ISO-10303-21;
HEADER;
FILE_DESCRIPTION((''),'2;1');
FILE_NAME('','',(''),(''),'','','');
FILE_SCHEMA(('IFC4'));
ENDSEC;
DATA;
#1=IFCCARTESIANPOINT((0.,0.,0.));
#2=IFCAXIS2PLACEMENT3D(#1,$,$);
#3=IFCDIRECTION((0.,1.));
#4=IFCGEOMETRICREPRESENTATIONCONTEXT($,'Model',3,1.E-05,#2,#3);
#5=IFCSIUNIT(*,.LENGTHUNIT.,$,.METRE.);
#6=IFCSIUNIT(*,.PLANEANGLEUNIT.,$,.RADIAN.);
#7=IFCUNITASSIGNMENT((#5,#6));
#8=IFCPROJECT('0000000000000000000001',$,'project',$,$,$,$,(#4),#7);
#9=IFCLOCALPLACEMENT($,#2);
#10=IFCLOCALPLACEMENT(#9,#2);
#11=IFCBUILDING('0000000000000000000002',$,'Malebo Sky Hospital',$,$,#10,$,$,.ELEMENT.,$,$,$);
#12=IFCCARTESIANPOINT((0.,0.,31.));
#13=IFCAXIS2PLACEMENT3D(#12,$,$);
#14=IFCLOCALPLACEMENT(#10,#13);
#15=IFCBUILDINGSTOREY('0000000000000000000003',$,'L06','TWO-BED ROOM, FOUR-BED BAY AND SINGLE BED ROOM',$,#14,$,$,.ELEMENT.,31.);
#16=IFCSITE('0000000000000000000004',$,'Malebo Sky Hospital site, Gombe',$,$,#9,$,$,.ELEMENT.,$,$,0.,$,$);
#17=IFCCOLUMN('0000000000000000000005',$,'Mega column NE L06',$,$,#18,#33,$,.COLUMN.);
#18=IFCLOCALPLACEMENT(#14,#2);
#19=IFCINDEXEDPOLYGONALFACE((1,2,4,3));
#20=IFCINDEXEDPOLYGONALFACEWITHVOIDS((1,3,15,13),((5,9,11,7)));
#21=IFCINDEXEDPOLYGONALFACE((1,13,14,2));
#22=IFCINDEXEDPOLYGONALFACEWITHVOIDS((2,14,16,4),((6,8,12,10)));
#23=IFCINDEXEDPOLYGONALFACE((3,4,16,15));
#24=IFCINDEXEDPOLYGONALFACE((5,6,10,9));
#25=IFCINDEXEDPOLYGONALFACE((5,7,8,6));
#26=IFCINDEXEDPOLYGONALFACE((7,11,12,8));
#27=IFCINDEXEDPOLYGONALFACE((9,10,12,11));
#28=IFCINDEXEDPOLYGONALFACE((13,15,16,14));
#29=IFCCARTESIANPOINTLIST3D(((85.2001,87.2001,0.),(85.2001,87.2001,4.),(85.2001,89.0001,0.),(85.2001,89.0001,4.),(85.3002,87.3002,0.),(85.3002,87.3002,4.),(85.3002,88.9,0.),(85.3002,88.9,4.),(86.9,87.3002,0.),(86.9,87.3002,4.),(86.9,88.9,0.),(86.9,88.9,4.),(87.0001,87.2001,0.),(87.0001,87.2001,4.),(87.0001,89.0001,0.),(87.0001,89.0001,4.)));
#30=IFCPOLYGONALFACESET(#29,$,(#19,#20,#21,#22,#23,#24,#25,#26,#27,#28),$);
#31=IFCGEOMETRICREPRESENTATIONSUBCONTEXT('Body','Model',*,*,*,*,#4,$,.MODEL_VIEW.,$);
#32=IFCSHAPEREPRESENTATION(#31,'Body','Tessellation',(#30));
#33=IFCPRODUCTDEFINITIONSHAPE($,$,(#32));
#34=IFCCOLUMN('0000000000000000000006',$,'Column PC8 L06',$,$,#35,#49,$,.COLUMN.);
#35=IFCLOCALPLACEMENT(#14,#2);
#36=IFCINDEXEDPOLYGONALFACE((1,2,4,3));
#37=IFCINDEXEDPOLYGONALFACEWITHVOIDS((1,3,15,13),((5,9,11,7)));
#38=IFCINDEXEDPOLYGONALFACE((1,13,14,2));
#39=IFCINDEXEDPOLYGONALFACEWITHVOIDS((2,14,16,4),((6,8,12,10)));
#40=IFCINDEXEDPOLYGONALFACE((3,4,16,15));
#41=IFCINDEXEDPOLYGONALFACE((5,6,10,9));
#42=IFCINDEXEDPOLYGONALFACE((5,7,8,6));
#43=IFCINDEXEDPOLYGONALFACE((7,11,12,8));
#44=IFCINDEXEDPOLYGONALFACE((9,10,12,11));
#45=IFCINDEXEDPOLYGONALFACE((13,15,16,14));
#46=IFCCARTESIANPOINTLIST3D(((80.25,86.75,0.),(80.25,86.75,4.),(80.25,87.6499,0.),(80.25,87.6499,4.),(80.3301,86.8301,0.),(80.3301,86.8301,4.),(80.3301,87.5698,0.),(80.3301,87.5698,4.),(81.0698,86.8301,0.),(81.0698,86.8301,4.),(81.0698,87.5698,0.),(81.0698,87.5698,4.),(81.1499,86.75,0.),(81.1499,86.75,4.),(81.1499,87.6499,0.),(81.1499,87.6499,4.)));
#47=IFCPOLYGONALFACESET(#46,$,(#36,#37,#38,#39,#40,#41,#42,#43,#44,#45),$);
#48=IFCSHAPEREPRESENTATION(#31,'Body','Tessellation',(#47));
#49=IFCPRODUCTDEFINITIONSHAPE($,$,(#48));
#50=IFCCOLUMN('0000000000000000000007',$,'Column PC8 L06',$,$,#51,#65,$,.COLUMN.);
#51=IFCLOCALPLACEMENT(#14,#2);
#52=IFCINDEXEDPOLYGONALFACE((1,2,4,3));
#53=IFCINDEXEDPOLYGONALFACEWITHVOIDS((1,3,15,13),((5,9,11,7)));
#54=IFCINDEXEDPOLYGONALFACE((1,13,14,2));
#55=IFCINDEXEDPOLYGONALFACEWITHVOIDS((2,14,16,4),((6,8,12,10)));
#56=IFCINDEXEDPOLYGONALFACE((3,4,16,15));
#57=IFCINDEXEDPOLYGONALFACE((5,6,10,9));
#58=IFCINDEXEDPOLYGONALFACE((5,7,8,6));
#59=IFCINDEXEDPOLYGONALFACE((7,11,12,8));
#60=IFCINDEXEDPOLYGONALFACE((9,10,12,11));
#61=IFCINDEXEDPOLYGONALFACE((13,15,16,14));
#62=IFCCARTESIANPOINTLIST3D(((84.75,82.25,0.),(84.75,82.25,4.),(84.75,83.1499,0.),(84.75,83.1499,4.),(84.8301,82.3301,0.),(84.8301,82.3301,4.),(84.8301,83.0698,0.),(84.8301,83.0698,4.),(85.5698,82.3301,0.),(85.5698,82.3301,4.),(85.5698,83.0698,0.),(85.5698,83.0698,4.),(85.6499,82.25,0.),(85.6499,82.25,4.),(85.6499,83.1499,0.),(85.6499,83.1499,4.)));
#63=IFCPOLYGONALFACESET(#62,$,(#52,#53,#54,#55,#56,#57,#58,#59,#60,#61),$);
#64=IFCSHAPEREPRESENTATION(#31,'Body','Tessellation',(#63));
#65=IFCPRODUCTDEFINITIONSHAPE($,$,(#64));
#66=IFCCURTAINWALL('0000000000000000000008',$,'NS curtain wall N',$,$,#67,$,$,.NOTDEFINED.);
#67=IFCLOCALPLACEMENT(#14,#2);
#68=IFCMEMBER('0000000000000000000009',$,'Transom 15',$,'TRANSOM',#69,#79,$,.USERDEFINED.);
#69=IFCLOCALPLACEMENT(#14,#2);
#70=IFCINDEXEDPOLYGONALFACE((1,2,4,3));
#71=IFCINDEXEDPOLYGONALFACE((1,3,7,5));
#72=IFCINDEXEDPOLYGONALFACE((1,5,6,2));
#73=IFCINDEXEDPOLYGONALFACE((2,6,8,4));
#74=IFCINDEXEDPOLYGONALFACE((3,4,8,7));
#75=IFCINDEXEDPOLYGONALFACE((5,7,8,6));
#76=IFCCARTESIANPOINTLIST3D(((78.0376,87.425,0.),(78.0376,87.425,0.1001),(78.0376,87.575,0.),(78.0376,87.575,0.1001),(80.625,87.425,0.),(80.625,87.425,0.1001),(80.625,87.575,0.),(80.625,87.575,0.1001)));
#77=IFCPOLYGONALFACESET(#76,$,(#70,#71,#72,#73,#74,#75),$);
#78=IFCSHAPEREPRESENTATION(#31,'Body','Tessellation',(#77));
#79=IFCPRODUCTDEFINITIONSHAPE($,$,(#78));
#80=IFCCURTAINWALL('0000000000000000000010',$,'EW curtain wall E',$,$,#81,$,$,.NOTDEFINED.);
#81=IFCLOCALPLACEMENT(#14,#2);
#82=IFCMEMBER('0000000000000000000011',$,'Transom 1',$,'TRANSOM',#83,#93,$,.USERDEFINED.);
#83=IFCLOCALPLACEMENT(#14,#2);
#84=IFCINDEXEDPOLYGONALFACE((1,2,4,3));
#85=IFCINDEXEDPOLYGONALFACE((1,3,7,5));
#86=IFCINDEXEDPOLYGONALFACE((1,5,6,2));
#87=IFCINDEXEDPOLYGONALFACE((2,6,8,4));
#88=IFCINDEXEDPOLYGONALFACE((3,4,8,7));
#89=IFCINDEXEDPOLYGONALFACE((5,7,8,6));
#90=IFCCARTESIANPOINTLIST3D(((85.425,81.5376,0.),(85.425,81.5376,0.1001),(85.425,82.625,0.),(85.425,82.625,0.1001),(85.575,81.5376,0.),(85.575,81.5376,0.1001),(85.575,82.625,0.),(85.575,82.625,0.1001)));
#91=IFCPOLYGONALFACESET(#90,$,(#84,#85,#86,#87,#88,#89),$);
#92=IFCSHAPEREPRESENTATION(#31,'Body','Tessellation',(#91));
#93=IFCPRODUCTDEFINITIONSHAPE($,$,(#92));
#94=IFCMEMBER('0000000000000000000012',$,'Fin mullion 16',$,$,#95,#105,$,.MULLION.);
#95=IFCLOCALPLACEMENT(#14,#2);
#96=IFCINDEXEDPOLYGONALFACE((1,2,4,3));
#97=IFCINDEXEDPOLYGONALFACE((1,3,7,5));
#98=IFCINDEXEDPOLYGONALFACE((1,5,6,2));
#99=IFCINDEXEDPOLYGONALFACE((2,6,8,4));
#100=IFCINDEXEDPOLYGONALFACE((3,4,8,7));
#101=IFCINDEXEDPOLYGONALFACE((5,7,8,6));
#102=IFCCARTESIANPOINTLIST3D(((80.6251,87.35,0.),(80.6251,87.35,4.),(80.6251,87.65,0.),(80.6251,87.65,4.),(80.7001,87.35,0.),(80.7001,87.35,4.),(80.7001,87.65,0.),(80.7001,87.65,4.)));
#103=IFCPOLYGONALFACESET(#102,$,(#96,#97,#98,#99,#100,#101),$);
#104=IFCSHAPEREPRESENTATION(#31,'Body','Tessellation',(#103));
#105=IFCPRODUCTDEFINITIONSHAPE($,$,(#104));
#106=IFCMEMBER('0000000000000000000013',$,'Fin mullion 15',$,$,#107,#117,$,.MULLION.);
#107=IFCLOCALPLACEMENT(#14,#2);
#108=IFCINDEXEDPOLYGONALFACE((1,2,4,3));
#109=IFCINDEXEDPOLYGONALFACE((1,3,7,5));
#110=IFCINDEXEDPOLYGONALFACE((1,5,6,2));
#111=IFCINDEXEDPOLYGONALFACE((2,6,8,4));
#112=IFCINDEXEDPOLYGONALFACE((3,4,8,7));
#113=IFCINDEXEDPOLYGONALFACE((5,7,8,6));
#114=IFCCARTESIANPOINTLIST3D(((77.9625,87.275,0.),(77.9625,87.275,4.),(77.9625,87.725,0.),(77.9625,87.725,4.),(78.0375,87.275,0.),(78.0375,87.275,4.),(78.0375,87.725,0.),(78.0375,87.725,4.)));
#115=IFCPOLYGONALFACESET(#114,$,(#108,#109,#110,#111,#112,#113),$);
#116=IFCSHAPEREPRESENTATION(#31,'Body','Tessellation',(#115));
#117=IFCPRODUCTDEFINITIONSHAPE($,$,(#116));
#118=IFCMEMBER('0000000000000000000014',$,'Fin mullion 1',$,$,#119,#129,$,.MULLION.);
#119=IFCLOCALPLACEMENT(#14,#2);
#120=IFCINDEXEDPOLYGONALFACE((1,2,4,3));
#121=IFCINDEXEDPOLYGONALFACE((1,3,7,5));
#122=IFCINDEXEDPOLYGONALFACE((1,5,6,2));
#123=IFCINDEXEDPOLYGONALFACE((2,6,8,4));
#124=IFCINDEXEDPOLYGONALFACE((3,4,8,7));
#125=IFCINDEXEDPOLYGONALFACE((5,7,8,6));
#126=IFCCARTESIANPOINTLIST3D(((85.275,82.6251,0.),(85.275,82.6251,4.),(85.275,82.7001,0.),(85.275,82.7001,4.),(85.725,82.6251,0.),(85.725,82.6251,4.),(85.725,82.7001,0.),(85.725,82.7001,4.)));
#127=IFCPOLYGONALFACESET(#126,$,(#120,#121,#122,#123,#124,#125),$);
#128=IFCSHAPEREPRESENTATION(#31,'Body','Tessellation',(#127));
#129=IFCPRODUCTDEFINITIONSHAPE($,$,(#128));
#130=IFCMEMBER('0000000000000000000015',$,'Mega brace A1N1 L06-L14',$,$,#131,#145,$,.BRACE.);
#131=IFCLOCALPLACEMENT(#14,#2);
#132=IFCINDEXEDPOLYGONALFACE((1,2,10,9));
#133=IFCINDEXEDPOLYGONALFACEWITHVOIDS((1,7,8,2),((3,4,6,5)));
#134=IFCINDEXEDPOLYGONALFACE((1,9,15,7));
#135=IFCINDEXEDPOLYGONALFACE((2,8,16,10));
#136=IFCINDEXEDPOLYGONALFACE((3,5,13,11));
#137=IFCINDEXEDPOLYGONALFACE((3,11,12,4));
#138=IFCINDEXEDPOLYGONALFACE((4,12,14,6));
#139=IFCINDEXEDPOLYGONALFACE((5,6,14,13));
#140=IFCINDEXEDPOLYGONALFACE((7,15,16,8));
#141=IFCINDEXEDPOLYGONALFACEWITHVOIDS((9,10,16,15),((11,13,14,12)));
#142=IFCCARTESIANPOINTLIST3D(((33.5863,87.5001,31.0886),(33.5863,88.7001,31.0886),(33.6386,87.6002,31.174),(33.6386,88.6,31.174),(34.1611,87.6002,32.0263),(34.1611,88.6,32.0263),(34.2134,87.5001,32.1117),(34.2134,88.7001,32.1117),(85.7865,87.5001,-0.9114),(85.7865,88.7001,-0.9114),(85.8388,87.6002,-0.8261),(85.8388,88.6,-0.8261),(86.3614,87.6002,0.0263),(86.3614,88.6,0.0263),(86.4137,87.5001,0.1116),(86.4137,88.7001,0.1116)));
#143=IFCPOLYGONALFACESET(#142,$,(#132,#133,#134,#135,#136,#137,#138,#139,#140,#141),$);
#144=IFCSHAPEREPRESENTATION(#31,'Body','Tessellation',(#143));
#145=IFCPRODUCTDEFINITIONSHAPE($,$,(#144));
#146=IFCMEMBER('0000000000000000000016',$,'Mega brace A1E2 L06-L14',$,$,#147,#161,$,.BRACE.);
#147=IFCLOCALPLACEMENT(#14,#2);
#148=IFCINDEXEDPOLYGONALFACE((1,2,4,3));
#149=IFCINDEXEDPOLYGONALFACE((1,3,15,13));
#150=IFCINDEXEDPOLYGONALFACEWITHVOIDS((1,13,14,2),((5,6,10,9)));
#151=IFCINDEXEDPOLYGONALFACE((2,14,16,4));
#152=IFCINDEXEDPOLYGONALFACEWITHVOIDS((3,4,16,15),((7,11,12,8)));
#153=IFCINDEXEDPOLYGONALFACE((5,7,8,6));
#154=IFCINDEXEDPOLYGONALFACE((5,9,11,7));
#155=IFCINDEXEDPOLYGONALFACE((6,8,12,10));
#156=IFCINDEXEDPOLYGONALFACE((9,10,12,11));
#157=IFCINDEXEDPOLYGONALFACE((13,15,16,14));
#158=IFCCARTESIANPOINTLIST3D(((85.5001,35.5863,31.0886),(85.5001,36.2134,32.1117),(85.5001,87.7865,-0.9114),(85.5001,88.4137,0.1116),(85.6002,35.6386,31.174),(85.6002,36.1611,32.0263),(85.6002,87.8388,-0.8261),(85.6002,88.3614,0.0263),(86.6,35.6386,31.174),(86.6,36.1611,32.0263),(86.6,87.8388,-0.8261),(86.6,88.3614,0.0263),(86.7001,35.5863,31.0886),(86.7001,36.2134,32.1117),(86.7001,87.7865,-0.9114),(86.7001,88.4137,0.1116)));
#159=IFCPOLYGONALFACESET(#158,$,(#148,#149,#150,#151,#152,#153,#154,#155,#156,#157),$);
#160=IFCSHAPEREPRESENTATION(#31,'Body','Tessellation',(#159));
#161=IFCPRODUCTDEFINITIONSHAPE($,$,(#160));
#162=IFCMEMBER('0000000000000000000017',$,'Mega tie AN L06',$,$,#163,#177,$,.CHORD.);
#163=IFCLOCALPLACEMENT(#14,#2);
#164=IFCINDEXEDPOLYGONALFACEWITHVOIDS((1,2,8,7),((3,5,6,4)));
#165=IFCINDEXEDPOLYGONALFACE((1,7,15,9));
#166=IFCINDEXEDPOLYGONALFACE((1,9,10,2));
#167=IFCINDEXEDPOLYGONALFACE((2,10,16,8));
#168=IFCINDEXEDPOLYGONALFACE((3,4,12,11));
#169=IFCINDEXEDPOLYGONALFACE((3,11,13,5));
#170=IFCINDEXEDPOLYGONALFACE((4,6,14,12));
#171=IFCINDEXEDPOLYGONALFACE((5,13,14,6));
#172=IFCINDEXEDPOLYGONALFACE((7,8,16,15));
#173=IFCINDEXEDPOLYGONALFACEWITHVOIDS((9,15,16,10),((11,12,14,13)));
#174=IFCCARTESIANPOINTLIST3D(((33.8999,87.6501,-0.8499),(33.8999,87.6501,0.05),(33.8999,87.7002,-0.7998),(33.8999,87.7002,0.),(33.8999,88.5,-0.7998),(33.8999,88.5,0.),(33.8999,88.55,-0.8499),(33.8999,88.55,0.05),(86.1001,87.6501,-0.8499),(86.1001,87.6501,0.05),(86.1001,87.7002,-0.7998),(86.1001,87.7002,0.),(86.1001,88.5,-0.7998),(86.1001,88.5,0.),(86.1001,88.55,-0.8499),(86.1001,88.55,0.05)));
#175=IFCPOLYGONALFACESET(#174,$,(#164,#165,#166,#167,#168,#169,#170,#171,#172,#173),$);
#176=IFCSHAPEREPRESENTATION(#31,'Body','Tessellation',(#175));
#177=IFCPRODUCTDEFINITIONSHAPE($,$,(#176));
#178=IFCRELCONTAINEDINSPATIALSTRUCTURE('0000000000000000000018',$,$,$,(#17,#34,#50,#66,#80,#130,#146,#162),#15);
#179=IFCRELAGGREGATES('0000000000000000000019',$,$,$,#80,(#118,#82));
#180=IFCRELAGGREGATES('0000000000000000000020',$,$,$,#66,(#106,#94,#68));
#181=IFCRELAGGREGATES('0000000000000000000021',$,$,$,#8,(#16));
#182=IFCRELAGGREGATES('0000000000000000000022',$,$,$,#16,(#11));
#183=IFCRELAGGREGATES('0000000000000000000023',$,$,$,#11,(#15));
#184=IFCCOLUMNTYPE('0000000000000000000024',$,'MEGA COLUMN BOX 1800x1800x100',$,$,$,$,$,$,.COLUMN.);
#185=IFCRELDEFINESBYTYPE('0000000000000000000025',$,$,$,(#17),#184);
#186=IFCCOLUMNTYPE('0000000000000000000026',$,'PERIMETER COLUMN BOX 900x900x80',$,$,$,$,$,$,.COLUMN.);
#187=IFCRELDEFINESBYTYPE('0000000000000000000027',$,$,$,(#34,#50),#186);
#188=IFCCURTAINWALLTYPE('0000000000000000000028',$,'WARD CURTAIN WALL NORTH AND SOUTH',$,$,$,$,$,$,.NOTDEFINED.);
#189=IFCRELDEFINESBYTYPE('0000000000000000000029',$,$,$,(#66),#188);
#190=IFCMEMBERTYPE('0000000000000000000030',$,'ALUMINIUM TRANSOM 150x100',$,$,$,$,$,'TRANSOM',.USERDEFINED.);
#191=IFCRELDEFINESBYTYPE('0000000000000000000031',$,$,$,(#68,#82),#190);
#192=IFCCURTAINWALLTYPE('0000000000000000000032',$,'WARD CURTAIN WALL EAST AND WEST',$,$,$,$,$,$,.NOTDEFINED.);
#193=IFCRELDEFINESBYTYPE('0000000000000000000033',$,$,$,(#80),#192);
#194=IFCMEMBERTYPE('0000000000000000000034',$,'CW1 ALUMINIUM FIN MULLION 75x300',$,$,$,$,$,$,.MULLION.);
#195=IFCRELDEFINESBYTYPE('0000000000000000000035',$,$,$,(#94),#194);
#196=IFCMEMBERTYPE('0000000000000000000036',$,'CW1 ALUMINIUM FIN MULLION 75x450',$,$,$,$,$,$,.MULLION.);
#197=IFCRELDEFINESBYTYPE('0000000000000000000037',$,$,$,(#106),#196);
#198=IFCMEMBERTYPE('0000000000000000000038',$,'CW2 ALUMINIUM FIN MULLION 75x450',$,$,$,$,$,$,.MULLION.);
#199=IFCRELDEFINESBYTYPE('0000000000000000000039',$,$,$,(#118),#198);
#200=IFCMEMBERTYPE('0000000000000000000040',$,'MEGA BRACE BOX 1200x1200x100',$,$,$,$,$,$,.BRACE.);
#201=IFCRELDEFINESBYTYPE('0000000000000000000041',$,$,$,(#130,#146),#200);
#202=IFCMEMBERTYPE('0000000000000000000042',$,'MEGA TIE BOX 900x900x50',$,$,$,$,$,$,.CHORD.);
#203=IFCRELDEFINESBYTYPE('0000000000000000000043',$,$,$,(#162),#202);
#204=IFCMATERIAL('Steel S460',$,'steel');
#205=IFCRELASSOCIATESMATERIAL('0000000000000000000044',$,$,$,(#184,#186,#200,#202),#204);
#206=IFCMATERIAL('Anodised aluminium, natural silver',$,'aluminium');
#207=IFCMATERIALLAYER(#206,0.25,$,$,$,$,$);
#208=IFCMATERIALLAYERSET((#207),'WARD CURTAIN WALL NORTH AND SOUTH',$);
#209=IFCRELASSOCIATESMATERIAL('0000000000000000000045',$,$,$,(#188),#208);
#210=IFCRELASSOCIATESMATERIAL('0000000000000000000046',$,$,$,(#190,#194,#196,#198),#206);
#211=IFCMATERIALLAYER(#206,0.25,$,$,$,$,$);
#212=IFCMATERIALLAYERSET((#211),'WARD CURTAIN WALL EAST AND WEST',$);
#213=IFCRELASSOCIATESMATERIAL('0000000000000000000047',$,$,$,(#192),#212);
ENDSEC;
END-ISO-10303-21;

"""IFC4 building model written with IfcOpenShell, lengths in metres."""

from ifc_helpers import new_model, si_unit, direction, frame, origin, origin_2d, place, context, subcontext, project, spatial, rectangle, hollow_rectangle, extrude, material, layer, layer_set, material_profile, profile_set, type_object, element, aggregate, save


model = new_model("IFC4")

# Units and contexts
model_context = context("Model", 3, precision=1e-05, world=origin(), true_north=direction((0.0, 1.0)))
body_context = subcontext(model_context, "Body", "Model", "MODEL_VIEW")
ifc_project = project(units=[si_unit("LENGTHUNIT", "METRE"), si_unit("PLANEANGLEUNIT", "RADIAN")], contexts=[model_context])

# Site, building, storey
site_placement = place(None, origin())
site = spatial("IfcSite", under=ifc_project, at=site_placement, Name="Malebo Sky Hospital site, Gombe", CompositionType="ELEMENT", RefElevation=0.0)
building_placement = place(site_placement, origin())
building = spatial("IfcBuilding", under=site, at=building_placement, Name="Malebo Sky Hospital", CompositionType="ELEMENT")
storey_placement = place(building_placement, frame((0.0, 0.0, 31.0)))
storey = spatial("IfcBuildingStorey", under=building, at=storey_placement, Name="L06", Description="TWO-BED ROOM, FOUR-BED BAY AND SINGLE BED ROOM", CompositionType="ELEMENT", Elevation=31.0)

# Columns
ifc_material_1 = material(Name="Steel S460", Category="steel")
ifc_material_profile_1 = material_profile(ifc_material_1, hollow_rectangle(XDim=1.8, YDim=1.8, WallThickness=0.1001, at=origin_2d()), Name="BOX 1800x1800x100")
ifc_profile_set_1 = profile_set([ifc_material_profile_1], Name="Steel S460")
column_type_1 = type_object("IfcColumnType", Name="MEGA COLUMN BOX 1800x1800x100", PredefinedType="COLUMN", material=ifc_profile_set_1)
column_placement = place(storey_placement, frame((86.1001, 88.1001, 0.0), z_axis=(0.0, 0.0, 1.0), x_axis=(1.0, 0.0, 0.0)))
element("IfcColumn", 1, at=column_placement, inside=storey, type_object=column_type_1, Name="Mega column NE L06", PredefinedType="COLUMN", context=body_context, shape_type="SweptSolid", body=[
    extrude(hollow_rectangle(XDim=1.8, YDim=1.8, WallThickness=0.1001, at=origin_2d()), origin(), (0.0, 0.0, 1.0), 4.0),
])
ifc_material_profile_2 = material_profile(ifc_material_1, hollow_rectangle(XDim=0.8999, YDim=0.8999, WallThickness=0.0801, at=origin_2d()), Name="BOX 900x900x80")
ifc_profile_set_2 = profile_set([ifc_material_profile_2], Name="Steel S460")
column_type_2 = type_object("IfcColumnType", Name="PERIMETER COLUMN BOX 900x900x80", PredefinedType="COLUMN", material=ifc_profile_set_2)
for number, where, z_axis, x_axis, name in (
    (2, (80.7, 87.2, 0.0), (0.0, 0.0, 1.0), (1.0, 0.0, 0.0), "Column PC8 L06"),
    (3, (85.2, 82.7, 0.0), (0.0, 0.0, 1.0), (1.0, 0.0, 0.0), "Column PC8 L06"),
):
    element("IfcColumn", number, at=place(storey_placement, frame(where, z_axis=z_axis, x_axis=x_axis)), inside=storey, type_object=column_type_2, Name=name, PredefinedType="COLUMN", context=body_context, shape_type="SweptSolid", body=[
        extrude(hollow_rectangle(XDim=0.8999, YDim=0.8999, WallThickness=0.0801, at=origin_2d()), origin(), (0.0, 0.0, 1.0), 4.0),
    ])

# Curtain walls, members
ifc_material_2 = material(Name="Anodised aluminium, natural silver", Category="aluminium")
ifc_layer_1 = layer(ifc_material_2, 0.25)
ifc_layer_set_1 = layer_set([ifc_layer_1], Name="WARD CURTAIN WALL NORTH AND SOUTH")
curtain_wall_type_1 = type_object("IfcCurtainWallType", Name="WARD CURTAIN WALL NORTH AND SOUTH", PredefinedType="NOTDEFINED", material=ifc_layer_set_1)
curtain_wall_1_placement = place(storey_placement, origin())
curtain_wall_1 = element("IfcCurtainWall", 4, at=curtain_wall_1_placement, inside=storey, type_object=curtain_wall_type_1, Name="NS curtain wall N", PredefinedType="NOTDEFINED")
ifc_material_profile_3 = material_profile(ifc_material_2, rectangle(XDim=0.1499, YDim=0.1001, at=origin_2d()), Name="ALUMINIUM TRANSOM 150x100")
ifc_profile_set_3 = profile_set([ifc_material_profile_3], Name="Anodised aluminium, natural silver")
member_type_1 = type_object("IfcMemberType", Name="ALUMINIUM TRANSOM 150x100", ElementType="TRANSOM", PredefinedType="USERDEFINED", material=ifc_profile_set_3)
member_1_placement = place(storey_placement, frame((78.0376, 87.5, 0.05), z_axis=(1.0, 0.0, 0.0), x_axis=(0.0, 1.0, 0.0)))
member_1 = element("IfcMember", 5, at=member_1_placement, type_object=member_type_1, Name="Transom 15", ObjectType="TRANSOM", PredefinedType="USERDEFINED", context=body_context, shape_type="SweptSolid", body=[
    extrude(rectangle(XDim=0.1499, YDim=0.1001, at=origin_2d()), origin(), (0.0, 0.0, 1.0), 2.5874),
])
ifc_layer_2 = layer(ifc_material_2, 0.25)
ifc_layer_set_2 = layer_set([ifc_layer_2], Name="WARD CURTAIN WALL EAST AND WEST")
curtain_wall_type_2 = type_object("IfcCurtainWallType", Name="WARD CURTAIN WALL EAST AND WEST", PredefinedType="NOTDEFINED", material=ifc_layer_set_2)
curtain_wall_2_placement = place(storey_placement, origin())
curtain_wall_2 = element("IfcCurtainWall", 6, at=curtain_wall_2_placement, inside=storey, type_object=curtain_wall_type_2, Name="EW curtain wall E", PredefinedType="NOTDEFINED")
member_2_placement = place(storey_placement, frame((85.5, 82.625, 0.05), z_axis=(0.0, -1.0, 0.0), x_axis=(1.0, 0.0, 0.0)))
member_2 = element("IfcMember", 7, at=member_2_placement, type_object=member_type_1, Name="Transom 1", ObjectType="TRANSOM", PredefinedType="USERDEFINED", context=body_context, shape_type="SweptSolid", body=[
    extrude(rectangle(XDim=0.1499, YDim=0.1001, at=origin_2d()), origin(), (0.0, 0.0, 1.0), 1.0874),
])

# Members
ifc_material_profile_4 = material_profile(ifc_material_2, rectangle(XDim=0.075, YDim=0.3, at=origin_2d()), Name="CW1 ALUMINIUM FIN MULLION 75x300")
ifc_profile_set_4 = profile_set([ifc_material_profile_4], Name="Anodised aluminium, natural silver")
member_type_2 = type_object("IfcMemberType", Name="CW1 ALUMINIUM FIN MULLION 75x300", PredefinedType="MULLION", material=ifc_profile_set_4)
member_3_placement = place(storey_placement, frame((80.6626, 87.5, 0.0), z_axis=(0.0, 0.0, 1.0), x_axis=(1.0, 0.0, 0.0)))
member_3 = element("IfcMember", 8, at=member_3_placement, type_object=member_type_2, Name="Fin mullion 16", PredefinedType="MULLION", context=body_context, shape_type="SweptSolid", body=[
    extrude(rectangle(XDim=0.075, YDim=0.3, at=origin_2d()), origin(), (0.0, 0.0, 1.0), 4.0),
])
ifc_material_profile_5 = material_profile(ifc_material_2, rectangle(XDim=0.075, YDim=0.45, at=origin_2d()), Name="CW1 ALUMINIUM FIN MULLION 75x450")
ifc_profile_set_5 = profile_set([ifc_material_profile_5], Name="Anodised aluminium, natural silver")
member_type_3 = type_object("IfcMemberType", Name="CW1 ALUMINIUM FIN MULLION 75x450", PredefinedType="MULLION", material=ifc_profile_set_5)
member_4_placement = place(storey_placement, frame((78.0, 87.5, 0.0), z_axis=(0.0, 0.0, 1.0), x_axis=(1.0, 0.0, 0.0)))
member_4 = element("IfcMember", 9, at=member_4_placement, type_object=member_type_3, Name="Fin mullion 15", PredefinedType="MULLION", context=body_context, shape_type="SweptSolid", body=[
    extrude(rectangle(XDim=0.075, YDim=0.45, at=origin_2d()), origin(), (0.0, 0.0, 1.0), 4.0),
])
ifc_material_profile_6 = material_profile(ifc_material_2, rectangle(XDim=0.075, YDim=0.45, at=origin_2d()), Name="CW2 ALUMINIUM FIN MULLION 75x450")
ifc_profile_set_6 = profile_set([ifc_material_profile_6], Name="Anodised aluminium, natural silver")
member_type_4 = type_object("IfcMemberType", Name="CW2 ALUMINIUM FIN MULLION 75x450", PredefinedType="MULLION", material=ifc_profile_set_6)
member_5_placement = place(storey_placement, frame((85.5, 82.6626, 0.0), z_axis=(0.0, 0.0, 1.0), x_axis=(0.0, -1.0, 0.0)))
member_5 = element("IfcMember", 10, at=member_5_placement, type_object=member_type_4, Name="Fin mullion 1", PredefinedType="MULLION", context=body_context, shape_type="SweptSolid", body=[
    extrude(rectangle(XDim=0.075, YDim=0.45, at=origin_2d()), origin(), (0.0, 0.0, 1.0), 4.0),
])
aggregate(curtain_wall_2, [member_5, member_2])

# Members
ifc_material_profile_7 = material_profile(ifc_material_1, hollow_rectangle(XDim=1.2, YDim=1.2, WallThickness=0.1001, at=origin_2d()), Name="BOX 1200x1200x100")
ifc_profile_set_7 = profile_set([ifc_material_profile_7], Name="Steel S460")
member_type_5 = type_object("IfcMemberType", Name="MEGA BRACE BOX 1200x1200x100", PredefinedType="BRACE", material=ifc_profile_set_7)
for number, where, z_axis, x_axis, name in (
    (11, (86.1001, 88.1001, -0.3999), (-0.852555, 0.0, 0.522637), (0.0, -1.0, 0.0), "Mega brace A1N1 L06-L14"),
    (12, (86.1001, 88.1001, -0.3999), (0.0, -0.852555, 0.522637), (1.0, 0.0, 0.0), "Mega brace A1E2 L06-L14"),
):
    element("IfcMember", number, at=place(storey_placement, frame(where, z_axis=z_axis, x_axis=x_axis)), inside=storey, type_object=member_type_5, Name=name, PredefinedType="BRACE", context=body_context, shape_type="SweptSolid", body=[
        extrude(hollow_rectangle(XDim=1.2, YDim=1.2, WallThickness=0.1001, at=origin_2d()), origin(), (0.0, 0.0, 1.0), 61.228),
    ])
ifc_material_profile_8 = material_profile(ifc_material_1, hollow_rectangle(XDim=0.8999, YDim=0.8999, WallThickness=0.05, at=origin_2d()), Name="BOX 900x900x50")
ifc_profile_set_8 = profile_set([ifc_material_profile_8], Name="Steel S460")
member_type_6 = type_object("IfcMemberType", Name="MEGA TIE BOX 900x900x50", PredefinedType="CHORD", material=ifc_profile_set_8)
member_6_placement = place(storey_placement, frame((86.1001, 88.1001, -0.3999), z_axis=(-1.0, 0.0, 0.0), x_axis=(0.0, -1.0, 0.0)))
element("IfcMember", 13, at=member_6_placement, inside=storey, type_object=member_type_6, Name="Mega tie AN L06", PredefinedType="CHORD", context=body_context, shape_type="SweptSolid", body=[
    extrude(hollow_rectangle(XDim=0.8999, YDim=0.8999, WallThickness=0.05, at=origin_2d()), origin(), (0.0, 0.0, 1.0), 52.2002),
])

aggregate(curtain_wall_1, [member_4, member_3, member_1])

save(model, "model.ifc")
